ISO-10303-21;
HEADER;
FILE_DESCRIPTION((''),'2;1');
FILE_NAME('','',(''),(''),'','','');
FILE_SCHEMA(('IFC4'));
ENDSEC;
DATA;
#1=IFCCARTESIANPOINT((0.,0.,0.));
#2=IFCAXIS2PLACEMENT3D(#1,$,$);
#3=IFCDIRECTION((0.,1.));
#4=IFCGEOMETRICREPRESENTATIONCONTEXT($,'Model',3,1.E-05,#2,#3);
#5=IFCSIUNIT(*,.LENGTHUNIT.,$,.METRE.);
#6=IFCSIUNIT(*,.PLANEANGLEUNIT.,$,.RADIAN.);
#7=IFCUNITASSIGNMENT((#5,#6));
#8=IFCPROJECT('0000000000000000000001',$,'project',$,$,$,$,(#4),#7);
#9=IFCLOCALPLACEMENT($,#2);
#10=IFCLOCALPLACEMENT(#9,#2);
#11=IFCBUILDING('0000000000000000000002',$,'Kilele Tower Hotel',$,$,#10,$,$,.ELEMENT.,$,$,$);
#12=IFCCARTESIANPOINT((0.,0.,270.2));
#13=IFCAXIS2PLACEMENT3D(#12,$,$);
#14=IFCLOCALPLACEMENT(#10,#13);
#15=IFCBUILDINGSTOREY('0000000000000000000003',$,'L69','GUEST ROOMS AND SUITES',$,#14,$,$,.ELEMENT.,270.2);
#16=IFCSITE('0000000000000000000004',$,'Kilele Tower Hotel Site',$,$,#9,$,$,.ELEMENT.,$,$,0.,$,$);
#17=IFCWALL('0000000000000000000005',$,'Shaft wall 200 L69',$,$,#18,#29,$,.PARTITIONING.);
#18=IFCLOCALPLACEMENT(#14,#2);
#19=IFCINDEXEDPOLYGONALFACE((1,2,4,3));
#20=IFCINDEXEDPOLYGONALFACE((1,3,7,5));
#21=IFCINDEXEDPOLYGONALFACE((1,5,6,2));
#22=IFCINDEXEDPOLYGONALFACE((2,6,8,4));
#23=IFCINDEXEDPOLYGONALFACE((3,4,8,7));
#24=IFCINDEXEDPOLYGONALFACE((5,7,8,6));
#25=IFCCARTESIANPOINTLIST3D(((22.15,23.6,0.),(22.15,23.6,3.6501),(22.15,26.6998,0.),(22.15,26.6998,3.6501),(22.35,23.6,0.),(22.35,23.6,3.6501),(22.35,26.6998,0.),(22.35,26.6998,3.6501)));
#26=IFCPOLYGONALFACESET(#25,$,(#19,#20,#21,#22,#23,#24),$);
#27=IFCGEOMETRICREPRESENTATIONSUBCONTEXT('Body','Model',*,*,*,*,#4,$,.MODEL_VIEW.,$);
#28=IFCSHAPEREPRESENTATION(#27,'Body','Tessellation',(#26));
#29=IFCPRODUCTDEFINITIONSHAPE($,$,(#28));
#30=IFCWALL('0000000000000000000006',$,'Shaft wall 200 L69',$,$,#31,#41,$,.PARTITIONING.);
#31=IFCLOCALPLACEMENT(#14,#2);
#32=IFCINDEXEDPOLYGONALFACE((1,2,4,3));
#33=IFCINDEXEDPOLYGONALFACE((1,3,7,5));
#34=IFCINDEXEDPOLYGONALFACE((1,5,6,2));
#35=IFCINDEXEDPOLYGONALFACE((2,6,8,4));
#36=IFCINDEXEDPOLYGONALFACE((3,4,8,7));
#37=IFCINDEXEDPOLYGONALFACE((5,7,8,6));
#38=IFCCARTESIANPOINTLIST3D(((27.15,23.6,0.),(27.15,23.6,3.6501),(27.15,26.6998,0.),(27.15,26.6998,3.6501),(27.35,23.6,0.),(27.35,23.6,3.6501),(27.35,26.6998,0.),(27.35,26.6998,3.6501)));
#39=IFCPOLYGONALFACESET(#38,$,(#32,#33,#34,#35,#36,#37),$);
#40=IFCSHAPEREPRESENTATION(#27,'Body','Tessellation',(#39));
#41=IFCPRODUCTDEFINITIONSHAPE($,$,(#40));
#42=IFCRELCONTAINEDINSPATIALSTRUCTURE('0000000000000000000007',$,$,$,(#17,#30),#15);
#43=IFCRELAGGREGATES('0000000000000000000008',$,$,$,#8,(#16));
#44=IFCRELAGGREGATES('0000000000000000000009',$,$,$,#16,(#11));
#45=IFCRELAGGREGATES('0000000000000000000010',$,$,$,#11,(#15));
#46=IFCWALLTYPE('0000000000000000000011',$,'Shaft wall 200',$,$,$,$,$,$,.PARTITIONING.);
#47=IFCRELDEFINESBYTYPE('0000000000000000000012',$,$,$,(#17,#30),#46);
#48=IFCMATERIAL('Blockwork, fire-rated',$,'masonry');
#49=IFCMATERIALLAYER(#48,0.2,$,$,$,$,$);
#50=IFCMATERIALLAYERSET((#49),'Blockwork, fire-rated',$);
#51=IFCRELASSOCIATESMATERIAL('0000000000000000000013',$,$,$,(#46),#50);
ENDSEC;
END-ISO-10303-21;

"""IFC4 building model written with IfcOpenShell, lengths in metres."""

from ifc_helpers import new_model, si_unit, direction, frame, frame_2d, origin, place, context, subcontext, project, spatial, rectangle, extrude, material, layer, layer_set, type_object, element, save


model = new_model("IFC4")

# Units and contexts
model_context = context("Model", 3, precision=1e-05, world=origin(), true_north=direction((0.0, 1.0)))
body_context = subcontext(model_context, "Body", "Model", "MODEL_VIEW")
ifc_project = project(units=[si_unit("LENGTHUNIT", "METRE"), si_unit("PLANEANGLEUNIT", "RADIAN")], contexts=[model_context])

# Site, building, storey
site_placement = place(None, origin())
site = spatial("IfcSite", under=ifc_project, at=site_placement, Name="Kilele Tower Hotel Site", CompositionType="ELEMENT", RefElevation=0.0)
building_placement = place(site_placement, origin())
building = spatial("IfcBuilding", under=site, at=building_placement, Name="Kilele Tower Hotel", CompositionType="ELEMENT")
storey_placement = place(building_placement, frame((0.0, 0.0, 270.2)))
storey = spatial("IfcBuildingStorey", under=building, at=storey_placement, Name="L69", Description="GUEST ROOMS AND SUITES", CompositionType="ELEMENT", Elevation=270.2)

# Walls
ifc_material_1 = material(Name="Blockwork, fire-rated", Category="masonry")
ifc_layer_1 = layer(ifc_material_1, 0.2)
ifc_layer_set_1 = layer_set([ifc_layer_1], Name="Blockwork, fire-rated")
wall_type_1 = type_object("IfcWallType", Name="Shaft wall 200", PredefinedType="PARTITIONING", material=ifc_layer_set_1)
for number, where, z_axis, x_axis, name in (
    (1, (22.25, 23.6001, 0.0), (0.0, 0.0, 1.0), (0.0, 1.0, 0.0), "Shaft wall 200 L69"),
    (2, (27.25, 23.6001, 0.0), (0.0, 0.0, 1.0), (0.0, 1.0, 0.0), "Shaft wall 200 L69"),
):
    element("IfcWall", number, at=place(storey_placement, frame(where, z_axis=z_axis, x_axis=x_axis)), inside=storey, type_object=wall_type_1, Name=name, PredefinedType="PARTITIONING", context=body_context, shape_type="SweptSolid", body=[
        extrude(rectangle(XDim=3.0999, YDim=0.2, at=frame_2d((1.5498, 0.0))), origin(), (0.0, 0.0, 1.0), 3.6501),
    ])

save(model, "model.ifc")
